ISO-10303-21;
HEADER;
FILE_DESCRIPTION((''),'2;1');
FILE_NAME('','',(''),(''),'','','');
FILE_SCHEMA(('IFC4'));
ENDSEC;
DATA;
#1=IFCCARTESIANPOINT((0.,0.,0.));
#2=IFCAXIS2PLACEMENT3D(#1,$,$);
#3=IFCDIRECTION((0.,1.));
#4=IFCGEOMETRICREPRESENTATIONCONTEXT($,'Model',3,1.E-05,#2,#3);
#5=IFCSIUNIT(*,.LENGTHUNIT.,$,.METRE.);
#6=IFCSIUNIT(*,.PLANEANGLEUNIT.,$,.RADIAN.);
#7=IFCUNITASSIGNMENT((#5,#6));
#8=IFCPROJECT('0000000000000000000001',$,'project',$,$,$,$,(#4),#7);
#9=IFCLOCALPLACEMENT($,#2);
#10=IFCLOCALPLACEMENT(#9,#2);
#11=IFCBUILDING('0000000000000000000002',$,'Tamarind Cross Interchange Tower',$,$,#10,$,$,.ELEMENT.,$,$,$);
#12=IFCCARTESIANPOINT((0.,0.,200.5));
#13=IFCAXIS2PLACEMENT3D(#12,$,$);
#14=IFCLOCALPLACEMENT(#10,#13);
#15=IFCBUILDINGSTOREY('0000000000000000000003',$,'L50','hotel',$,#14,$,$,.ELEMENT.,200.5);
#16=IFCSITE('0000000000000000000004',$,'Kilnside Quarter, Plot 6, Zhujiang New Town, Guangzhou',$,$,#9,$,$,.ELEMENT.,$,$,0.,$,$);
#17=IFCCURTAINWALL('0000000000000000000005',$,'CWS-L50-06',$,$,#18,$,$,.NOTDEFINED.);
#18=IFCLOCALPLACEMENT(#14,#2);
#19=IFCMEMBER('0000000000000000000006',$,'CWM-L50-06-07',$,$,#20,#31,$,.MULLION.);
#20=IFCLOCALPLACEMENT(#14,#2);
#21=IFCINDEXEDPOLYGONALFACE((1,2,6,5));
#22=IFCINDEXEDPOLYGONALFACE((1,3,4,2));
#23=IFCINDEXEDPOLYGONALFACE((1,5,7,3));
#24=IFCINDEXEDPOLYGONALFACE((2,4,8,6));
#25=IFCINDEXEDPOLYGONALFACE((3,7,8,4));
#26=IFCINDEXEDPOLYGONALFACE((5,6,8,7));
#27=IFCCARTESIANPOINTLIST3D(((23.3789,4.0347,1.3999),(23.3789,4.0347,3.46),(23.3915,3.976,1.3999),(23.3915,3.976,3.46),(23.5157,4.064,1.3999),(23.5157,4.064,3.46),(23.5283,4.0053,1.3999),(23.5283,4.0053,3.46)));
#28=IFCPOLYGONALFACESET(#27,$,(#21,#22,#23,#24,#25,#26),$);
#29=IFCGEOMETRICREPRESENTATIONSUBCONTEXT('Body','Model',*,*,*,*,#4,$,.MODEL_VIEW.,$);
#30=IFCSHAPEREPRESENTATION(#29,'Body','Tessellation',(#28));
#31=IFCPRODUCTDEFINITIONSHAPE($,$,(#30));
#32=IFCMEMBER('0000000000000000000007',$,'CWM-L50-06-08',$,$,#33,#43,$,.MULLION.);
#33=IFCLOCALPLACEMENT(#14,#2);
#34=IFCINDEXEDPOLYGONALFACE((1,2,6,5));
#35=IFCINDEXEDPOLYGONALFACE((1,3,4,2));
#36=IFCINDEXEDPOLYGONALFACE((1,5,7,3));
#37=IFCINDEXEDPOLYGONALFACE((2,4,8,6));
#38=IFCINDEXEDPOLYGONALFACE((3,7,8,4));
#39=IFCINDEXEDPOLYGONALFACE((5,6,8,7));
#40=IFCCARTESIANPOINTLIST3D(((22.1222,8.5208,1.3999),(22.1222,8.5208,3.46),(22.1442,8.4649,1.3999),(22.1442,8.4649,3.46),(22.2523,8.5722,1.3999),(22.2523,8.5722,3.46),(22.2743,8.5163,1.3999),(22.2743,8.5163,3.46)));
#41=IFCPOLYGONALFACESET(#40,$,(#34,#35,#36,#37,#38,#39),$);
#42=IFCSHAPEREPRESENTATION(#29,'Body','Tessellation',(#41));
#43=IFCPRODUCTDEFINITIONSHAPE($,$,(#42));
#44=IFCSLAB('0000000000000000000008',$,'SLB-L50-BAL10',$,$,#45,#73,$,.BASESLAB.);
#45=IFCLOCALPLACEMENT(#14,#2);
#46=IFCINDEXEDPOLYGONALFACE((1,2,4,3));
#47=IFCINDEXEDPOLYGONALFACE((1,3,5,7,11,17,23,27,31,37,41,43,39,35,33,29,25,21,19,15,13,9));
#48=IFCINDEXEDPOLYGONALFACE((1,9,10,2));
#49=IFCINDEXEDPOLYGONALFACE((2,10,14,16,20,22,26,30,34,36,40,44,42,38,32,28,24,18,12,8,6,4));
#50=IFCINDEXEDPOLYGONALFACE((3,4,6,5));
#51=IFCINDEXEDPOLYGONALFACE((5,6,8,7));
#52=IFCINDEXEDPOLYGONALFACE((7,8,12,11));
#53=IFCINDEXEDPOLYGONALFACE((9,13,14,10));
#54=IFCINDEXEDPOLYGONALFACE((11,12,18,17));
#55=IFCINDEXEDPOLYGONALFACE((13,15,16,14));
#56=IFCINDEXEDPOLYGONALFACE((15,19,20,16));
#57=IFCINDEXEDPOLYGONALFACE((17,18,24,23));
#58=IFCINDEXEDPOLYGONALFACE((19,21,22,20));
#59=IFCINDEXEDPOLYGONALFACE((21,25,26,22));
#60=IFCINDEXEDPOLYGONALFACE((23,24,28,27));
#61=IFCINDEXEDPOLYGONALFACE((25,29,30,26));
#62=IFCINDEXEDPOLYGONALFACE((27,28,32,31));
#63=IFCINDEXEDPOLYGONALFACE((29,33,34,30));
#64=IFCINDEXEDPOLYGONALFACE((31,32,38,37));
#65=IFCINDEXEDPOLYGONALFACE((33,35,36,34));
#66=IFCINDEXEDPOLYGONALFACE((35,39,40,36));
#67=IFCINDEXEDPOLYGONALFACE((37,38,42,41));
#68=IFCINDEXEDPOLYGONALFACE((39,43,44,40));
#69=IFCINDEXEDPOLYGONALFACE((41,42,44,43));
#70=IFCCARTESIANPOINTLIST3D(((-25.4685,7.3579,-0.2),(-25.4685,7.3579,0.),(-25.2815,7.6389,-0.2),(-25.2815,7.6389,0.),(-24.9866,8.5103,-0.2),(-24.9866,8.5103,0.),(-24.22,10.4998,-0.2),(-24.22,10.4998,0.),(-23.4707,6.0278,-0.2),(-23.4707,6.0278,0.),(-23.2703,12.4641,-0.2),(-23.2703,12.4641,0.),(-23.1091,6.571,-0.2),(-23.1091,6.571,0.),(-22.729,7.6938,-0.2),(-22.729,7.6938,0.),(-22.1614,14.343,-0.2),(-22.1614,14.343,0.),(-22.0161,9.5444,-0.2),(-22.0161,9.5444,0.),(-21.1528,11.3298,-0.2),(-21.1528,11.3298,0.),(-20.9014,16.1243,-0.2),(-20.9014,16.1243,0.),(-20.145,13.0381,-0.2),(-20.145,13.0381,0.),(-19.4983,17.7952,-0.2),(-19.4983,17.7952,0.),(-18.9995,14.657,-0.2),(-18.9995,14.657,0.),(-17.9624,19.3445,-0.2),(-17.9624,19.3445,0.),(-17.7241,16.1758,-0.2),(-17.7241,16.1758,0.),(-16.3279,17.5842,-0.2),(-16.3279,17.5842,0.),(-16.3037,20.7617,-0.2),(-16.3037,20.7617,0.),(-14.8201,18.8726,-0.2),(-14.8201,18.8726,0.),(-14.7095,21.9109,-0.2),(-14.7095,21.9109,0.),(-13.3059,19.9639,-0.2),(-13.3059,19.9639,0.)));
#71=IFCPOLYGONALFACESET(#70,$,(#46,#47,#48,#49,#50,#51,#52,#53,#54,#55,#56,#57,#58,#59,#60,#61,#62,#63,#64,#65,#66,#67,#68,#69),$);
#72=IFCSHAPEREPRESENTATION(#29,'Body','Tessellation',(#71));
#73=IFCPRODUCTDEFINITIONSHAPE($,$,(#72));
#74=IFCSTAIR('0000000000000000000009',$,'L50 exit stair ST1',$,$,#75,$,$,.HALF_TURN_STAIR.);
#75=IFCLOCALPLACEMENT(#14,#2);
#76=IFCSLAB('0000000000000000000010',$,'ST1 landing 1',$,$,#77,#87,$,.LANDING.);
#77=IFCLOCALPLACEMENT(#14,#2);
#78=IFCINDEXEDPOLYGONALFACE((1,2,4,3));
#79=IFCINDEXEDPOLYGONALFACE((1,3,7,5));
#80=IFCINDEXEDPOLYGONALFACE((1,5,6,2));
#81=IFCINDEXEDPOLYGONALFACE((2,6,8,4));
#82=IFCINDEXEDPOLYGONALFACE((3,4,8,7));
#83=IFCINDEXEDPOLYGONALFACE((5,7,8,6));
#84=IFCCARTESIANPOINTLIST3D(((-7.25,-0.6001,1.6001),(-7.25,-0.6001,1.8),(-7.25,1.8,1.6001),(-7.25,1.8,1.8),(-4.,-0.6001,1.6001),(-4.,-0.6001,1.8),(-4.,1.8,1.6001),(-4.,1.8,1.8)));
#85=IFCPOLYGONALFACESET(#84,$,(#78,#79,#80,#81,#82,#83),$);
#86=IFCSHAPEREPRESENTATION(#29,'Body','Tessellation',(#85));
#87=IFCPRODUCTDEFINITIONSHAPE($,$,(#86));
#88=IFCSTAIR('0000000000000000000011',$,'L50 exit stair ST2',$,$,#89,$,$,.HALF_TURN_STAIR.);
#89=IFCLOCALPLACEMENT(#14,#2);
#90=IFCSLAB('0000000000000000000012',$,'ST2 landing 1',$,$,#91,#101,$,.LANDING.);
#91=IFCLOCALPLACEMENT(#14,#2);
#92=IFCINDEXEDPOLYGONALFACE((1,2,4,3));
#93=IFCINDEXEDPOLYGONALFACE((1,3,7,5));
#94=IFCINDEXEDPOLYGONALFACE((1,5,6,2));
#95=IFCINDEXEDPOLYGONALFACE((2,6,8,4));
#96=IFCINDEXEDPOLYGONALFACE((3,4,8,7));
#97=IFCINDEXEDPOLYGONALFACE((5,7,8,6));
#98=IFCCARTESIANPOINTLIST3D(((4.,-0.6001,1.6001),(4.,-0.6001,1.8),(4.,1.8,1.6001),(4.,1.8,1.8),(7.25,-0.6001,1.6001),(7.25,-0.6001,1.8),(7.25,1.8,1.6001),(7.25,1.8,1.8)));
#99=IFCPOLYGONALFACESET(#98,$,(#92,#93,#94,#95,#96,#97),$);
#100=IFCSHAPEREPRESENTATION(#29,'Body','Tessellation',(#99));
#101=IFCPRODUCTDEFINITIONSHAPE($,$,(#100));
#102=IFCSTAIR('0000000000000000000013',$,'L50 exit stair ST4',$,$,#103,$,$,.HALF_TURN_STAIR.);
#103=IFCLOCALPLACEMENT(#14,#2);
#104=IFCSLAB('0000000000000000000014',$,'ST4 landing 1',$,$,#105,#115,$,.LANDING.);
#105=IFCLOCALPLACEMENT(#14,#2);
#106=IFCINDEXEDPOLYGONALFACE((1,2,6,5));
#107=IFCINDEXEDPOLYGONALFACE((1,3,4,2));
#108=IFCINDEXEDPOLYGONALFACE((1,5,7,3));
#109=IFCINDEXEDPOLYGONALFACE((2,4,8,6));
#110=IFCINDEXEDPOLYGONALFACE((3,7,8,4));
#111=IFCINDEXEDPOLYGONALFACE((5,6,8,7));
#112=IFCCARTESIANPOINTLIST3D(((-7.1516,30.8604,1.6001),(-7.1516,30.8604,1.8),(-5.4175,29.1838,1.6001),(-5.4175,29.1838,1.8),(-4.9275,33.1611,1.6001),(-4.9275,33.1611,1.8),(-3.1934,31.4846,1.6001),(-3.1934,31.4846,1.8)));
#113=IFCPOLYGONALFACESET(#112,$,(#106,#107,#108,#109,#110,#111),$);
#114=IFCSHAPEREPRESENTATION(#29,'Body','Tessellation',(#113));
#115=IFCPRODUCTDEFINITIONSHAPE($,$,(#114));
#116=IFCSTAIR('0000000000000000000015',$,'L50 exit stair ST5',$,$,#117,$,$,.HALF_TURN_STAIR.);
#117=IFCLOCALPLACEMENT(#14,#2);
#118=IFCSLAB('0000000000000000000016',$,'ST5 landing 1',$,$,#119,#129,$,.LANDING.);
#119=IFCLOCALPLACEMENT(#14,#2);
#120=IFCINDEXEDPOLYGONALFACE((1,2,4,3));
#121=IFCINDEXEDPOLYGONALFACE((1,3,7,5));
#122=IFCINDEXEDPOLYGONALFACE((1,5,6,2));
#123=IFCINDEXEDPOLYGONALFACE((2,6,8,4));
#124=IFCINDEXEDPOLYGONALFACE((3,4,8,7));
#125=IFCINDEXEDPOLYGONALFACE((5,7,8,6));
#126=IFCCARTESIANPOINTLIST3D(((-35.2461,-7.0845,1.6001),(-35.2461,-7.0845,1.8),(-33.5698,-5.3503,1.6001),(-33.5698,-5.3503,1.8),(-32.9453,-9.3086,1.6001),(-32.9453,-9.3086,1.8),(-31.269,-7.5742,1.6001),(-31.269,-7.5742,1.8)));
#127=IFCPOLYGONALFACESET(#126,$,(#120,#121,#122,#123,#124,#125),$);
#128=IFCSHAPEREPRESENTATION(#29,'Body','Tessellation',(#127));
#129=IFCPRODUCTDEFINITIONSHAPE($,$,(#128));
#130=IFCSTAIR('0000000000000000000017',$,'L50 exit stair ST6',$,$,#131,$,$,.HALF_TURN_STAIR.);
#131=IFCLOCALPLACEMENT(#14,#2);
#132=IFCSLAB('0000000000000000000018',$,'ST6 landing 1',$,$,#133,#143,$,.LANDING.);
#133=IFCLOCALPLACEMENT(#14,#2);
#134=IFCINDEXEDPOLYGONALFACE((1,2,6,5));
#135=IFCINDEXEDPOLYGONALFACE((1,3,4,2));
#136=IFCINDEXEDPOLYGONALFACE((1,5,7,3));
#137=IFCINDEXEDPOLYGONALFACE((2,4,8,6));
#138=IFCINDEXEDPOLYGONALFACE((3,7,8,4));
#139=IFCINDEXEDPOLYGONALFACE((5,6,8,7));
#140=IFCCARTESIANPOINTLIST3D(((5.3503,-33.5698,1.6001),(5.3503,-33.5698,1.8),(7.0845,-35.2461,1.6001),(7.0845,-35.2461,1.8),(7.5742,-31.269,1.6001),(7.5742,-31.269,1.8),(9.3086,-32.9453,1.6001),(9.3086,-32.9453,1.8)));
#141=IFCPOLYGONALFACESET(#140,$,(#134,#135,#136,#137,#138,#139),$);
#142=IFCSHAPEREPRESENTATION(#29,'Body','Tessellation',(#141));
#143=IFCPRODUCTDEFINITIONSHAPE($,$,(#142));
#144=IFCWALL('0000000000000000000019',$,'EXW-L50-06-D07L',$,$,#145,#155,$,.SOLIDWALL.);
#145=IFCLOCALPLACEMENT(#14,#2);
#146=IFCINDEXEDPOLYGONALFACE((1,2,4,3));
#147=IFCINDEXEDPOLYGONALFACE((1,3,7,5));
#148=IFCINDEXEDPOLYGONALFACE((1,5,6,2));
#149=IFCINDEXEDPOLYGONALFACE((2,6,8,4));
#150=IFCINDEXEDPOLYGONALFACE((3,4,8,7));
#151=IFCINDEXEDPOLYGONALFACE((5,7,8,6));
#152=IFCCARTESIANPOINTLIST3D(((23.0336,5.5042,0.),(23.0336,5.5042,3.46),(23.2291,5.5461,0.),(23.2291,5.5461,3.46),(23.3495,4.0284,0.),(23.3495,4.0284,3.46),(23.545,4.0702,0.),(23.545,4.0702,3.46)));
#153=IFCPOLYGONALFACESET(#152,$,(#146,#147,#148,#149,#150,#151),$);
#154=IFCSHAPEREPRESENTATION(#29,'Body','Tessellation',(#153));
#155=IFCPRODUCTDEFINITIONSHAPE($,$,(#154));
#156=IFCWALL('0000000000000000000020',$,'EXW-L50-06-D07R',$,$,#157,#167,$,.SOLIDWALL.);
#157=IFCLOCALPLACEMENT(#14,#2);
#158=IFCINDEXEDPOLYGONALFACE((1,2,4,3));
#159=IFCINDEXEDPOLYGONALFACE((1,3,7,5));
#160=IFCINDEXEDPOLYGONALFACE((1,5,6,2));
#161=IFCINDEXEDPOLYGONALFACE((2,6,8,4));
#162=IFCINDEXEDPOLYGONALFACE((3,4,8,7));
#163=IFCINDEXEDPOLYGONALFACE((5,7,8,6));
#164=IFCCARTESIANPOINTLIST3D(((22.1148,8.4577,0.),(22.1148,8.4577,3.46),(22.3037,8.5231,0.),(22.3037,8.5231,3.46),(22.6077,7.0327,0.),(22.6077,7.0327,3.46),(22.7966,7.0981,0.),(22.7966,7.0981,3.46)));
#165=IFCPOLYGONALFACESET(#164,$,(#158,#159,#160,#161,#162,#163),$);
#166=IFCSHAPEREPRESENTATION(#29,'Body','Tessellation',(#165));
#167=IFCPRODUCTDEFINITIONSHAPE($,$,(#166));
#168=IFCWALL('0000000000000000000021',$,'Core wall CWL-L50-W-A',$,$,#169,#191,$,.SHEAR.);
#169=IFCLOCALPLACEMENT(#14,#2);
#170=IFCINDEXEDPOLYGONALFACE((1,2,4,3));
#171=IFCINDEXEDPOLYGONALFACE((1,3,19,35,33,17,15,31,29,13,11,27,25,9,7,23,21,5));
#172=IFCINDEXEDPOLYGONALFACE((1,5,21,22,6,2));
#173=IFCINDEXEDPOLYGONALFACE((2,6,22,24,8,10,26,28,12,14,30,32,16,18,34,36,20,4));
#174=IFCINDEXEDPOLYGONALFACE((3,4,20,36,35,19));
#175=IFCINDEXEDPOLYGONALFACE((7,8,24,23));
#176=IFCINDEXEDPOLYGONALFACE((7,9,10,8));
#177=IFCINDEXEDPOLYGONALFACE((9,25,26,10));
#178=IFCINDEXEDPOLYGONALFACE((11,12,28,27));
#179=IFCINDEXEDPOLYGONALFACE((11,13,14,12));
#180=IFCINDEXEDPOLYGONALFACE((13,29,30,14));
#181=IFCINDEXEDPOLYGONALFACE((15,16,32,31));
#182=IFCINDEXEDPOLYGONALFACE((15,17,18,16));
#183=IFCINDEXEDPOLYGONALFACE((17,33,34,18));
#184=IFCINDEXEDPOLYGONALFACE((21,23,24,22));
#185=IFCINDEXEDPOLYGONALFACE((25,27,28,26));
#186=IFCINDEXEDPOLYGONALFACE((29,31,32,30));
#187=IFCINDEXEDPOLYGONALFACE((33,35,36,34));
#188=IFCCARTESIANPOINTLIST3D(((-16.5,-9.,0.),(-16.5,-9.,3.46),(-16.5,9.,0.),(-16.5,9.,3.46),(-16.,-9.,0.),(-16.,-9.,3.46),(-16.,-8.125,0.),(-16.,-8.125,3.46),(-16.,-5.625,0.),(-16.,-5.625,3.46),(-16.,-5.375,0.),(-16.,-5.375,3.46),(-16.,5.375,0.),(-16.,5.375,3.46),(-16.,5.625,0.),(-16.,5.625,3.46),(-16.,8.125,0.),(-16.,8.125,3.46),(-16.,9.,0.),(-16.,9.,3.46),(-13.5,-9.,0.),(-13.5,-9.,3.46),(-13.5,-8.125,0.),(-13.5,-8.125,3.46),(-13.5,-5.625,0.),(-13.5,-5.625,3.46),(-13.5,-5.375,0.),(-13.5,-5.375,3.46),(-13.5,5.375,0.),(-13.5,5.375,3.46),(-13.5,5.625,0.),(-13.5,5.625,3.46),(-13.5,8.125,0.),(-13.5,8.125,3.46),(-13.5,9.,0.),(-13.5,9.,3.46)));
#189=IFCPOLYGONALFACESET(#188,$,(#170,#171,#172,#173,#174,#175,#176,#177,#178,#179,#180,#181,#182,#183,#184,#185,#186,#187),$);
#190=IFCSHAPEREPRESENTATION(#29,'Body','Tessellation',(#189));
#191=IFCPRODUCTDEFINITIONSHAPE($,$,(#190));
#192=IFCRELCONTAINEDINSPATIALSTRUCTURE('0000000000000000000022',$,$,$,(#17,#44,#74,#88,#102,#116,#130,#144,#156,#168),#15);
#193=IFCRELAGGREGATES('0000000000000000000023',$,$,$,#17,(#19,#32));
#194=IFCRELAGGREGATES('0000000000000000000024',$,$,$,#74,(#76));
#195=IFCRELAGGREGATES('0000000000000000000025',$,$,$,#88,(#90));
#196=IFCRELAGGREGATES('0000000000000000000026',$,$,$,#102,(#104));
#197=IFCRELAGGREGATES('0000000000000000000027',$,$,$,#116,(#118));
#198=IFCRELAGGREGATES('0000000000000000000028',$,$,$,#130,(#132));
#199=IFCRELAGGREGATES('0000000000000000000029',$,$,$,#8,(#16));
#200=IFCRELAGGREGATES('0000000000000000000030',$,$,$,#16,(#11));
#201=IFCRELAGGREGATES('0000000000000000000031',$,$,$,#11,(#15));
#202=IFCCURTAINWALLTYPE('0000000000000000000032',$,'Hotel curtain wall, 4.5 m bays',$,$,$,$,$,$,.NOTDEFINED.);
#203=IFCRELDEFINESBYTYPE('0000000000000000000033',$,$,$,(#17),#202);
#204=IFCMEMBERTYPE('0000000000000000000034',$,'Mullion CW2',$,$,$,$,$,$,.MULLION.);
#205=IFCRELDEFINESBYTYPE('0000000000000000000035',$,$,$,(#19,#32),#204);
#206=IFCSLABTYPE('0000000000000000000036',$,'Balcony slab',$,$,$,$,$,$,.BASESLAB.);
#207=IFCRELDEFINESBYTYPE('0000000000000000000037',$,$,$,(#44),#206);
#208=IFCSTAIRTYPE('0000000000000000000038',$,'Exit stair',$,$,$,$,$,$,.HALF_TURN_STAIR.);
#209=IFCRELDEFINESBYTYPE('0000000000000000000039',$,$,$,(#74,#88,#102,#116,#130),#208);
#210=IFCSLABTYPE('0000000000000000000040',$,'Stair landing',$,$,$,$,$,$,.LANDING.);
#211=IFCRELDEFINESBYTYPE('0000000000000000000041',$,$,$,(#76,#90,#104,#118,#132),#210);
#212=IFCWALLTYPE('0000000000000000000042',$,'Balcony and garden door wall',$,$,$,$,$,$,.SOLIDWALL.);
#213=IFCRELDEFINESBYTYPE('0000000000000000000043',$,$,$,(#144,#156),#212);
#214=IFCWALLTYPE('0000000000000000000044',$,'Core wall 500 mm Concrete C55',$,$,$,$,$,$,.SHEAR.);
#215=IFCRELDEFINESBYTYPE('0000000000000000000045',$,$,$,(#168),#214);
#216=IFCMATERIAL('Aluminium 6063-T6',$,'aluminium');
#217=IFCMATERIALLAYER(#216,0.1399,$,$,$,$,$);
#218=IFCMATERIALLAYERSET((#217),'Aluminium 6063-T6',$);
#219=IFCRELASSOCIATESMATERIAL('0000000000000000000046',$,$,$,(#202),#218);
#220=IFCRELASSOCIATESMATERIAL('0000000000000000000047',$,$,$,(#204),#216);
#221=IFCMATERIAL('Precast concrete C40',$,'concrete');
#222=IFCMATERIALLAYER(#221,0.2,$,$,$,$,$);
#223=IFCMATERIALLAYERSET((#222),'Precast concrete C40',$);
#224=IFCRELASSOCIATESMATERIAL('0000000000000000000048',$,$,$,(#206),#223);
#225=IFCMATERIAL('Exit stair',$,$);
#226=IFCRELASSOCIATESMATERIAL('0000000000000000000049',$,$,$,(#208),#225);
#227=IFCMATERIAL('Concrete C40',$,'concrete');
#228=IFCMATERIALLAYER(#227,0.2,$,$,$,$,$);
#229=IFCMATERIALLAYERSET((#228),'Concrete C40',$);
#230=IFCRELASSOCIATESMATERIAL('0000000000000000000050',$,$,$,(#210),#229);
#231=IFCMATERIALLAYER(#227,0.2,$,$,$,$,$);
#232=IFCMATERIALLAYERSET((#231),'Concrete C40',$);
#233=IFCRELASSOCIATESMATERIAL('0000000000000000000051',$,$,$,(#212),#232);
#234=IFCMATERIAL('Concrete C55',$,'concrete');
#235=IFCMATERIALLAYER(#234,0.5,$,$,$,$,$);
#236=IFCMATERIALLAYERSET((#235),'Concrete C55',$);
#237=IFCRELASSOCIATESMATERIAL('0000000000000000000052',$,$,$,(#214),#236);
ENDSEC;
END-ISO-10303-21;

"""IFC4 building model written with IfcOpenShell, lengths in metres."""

from ifc_helpers import new_model, si_unit, direction, frame, frame_2d, origin, origin_2d, place, context, subcontext, project, spatial, polyline, rectangle, outline, extrude, material, layer, layer_set, material_profile, profile_set, type_object, element, aggregate, save


model = new_model("IFC4")

# Units and contexts
model_context = context("Model", 3, precision=1e-05, world=origin(), true_north=direction((0.0, 1.0)))
body_context = subcontext(model_context, "Body", "Model", "MODEL_VIEW")
ifc_project = project(units=[si_unit("LENGTHUNIT", "METRE"), si_unit("PLANEANGLEUNIT", "RADIAN")], contexts=[model_context])

# Site, building, storey
site_placement = place(None, origin())
site = spatial("IfcSite", under=ifc_project, at=site_placement, Name="Kilnside Quarter, Plot 6, Zhujiang New Town, Guangzhou", CompositionType="ELEMENT", RefElevation=0.0)
building_placement = place(site_placement, origin())
building = spatial("IfcBuilding", under=site, at=building_placement, Name="Tamarind Cross Interchange Tower", CompositionType="ELEMENT")
storey_placement = place(building_placement, frame((0.0, 0.0, 200.5)))
storey = spatial("IfcBuildingStorey", under=building, at=storey_placement, Name="L50", Description="hotel", CompositionType="ELEMENT", Elevation=200.5)

# Shared definitions
ifc_material_1 = material(Name="Concrete C55", Category="concrete")

# Curtain wall, members
ifc_material_2 = material(Name="Aluminium 6063-T6", Category="aluminium")
ifc_layer_1 = layer(ifc_material_2, 0.1399)
ifc_layer_set_1 = layer_set([ifc_layer_1], Name="Aluminium 6063-T6")
curtain_wall_type = type_object("IfcCurtainWallType", Name="Hotel curtain wall, 4.5 m bays", PredefinedType="NOTDEFINED", material=ifc_layer_set_1)
curtain_wall_placement = place(storey_placement, origin())
curtain_wall = element("IfcCurtainWall", 1, at=curtain_wall_placement, inside=storey, type_object=curtain_wall_type, Name="CWS-L50-06", PredefinedType="NOTDEFINED")
ifc_material_profile_1 = material_profile(ifc_material_2, rectangle(XDim=0.0601, YDim=0.1399, at=origin_2d()), Name="Mullion CW2")
ifc_profile_set_1 = profile_set([ifc_material_profile_1], Name="Aluminium 6063-T6")
member_type = type_object("IfcMemberType", Name="Mullion CW2", PredefinedType="MULLION", material=ifc_profile_set_1)
member_1_placement = place(storey_placement, frame((23.4536, 4.02, 1.3999), z_axis=(0.0, 0.0, 1.0), x_axis=(-0.209425, 0.977825, 0.0)))
member_1 = element("IfcMember", 2, at=member_1_placement, type_object=member_type, Name="CWM-L50-06-07", PredefinedType="MULLION", context=body_context, shape_type="SweptSolid", body=[
    extrude(rectangle(XDim=0.0601, YDim=0.1399, at=origin_2d()), origin(), (0.0, 0.0, 1.0), 2.0601),
])
member_2_placement = place(storey_placement, frame((22.1982, 8.5186, 1.3999), z_axis=(0.0, 0.0, 1.0), x_axis=(-0.367514, 0.930018, 0.0)))
member_2 = element("IfcMember", 3, at=member_2_placement, type_object=member_type, Name="CWM-L50-06-08", PredefinedType="MULLION", context=body_context, shape_type="SweptSolid", body=[
    extrude(rectangle(XDim=0.0601, YDim=0.1399, at=origin_2d()), origin(), (0.0, 0.0, 1.0), 2.0601),
])
aggregate(curtain_wall, [member_1, member_2])

# Slab
ifc_material_3 = material(Name="Precast concrete C40", Category="concrete")
ifc_layer_2 = layer(ifc_material_3, 0.2)
ifc_layer_set_2 = layer_set([ifc_layer_2], Name="Precast concrete C40")
slab_type_1 = type_object("IfcSlabType", Name="Balcony slab", PredefinedType="BASESLAB", material=ifc_layer_set_2)
slab_1_placement = place(storey_placement, frame((0.0, 0.0, -0.2)))
element("IfcSlab", 4, at=slab_1_placement, inside=storey, type_object=slab_type_1, Name="SLB-L50-BAL10", PredefinedType="BASESLAB", context=body_context, shape_type="SweptSolid", body=[
    extrude(outline(polyline([(-13.3059, 19.9639), (-14.8201, 18.8726), (-16.3279, 17.5842), (-17.7241, 16.1758), (-18.9995, 14.657), (-20.145, 13.0381), (-21.1528, 11.3298), (-22.0161, 9.5444), (-22.729, 7.6938), (-23.1091, 6.571), (-23.4707, 6.0278), (-25.4685, 7.3579), (-25.2815, 7.6389), (-24.9866, 8.5103), (-24.22, 10.4998), (-23.2703, 12.4641), (-22.1614, 14.343), (-20.9014, 16.1243), (-19.4983, 17.7952), (-17.9624, 19.3445), (-16.3037, 20.7617), (-14.7095, 21.9109), (-13.3059, 19.9639)])), origin(), (0.0, 0.0, 1.0), 0.2),
])

# Stairs, slabs
ifc_material_4 = material(Name="Exit stair")
stair_type = type_object("IfcStairType", Name="Exit stair", PredefinedType="HALF_TURN_STAIR", material=ifc_material_4)
stair_1_placement = place(storey_placement, origin())
stair_1 = element("IfcStair", 5, at=stair_1_placement, inside=storey, type_object=stair_type, Name="L50 exit stair ST1", PredefinedType="HALF_TURN_STAIR")
ifc_material_5 = material(Name="Concrete C40", Category="concrete")
ifc_layer_3 = layer(ifc_material_5, 0.2)
ifc_layer_set_3 = layer_set([ifc_layer_3], Name="Concrete C40")
slab_type_2 = type_object("IfcSlabType", Name="Stair landing", PredefinedType="LANDING", material=ifc_layer_set_3)
slab_2_placement = place(storey_placement, frame((0.0, 0.0, 1.6001)))
slab_2 = element("IfcSlab", 6, at=slab_2_placement, type_object=slab_type_2, Name="ST1 landing 1", PredefinedType="LANDING", context=body_context, shape_type="SweptSolid", body=[
    extrude(outline(polyline([(-4.0, -0.6001), (-4.0, 1.8), (-7.25, 1.8), (-7.25, -0.6001), (-4.0, -0.6001)])), origin(), (0.0, 0.0, 1.0), 0.2),
])
aggregate(stair_1, [slab_2])
stair_2_placement = place(storey_placement, origin())
stair_2 = element("IfcStair", 7, at=stair_2_placement, inside=storey, type_object=stair_type, Name="L50 exit stair ST2", PredefinedType="HALF_TURN_STAIR")
slab_3_placement = place(storey_placement, frame((0.0, 0.0, 1.6001)))
slab_3 = element("IfcSlab", 8, at=slab_3_placement, type_object=slab_type_2, Name="ST2 landing 1", PredefinedType="LANDING", context=body_context, shape_type="SweptSolid", body=[
    extrude(outline(polyline([(7.25, -0.6001), (7.25, 1.8), (4.0, 1.8), (4.0, -0.6001), (7.25, -0.6001)])), origin(), (0.0, 0.0, 1.0), 0.2),
])
aggregate(stair_2, [slab_3])
stair_3_placement = place(storey_placement, origin())
stair_3 = element("IfcStair", 9, at=stair_3_placement, inside=storey, type_object=stair_type, Name="L50 exit stair ST4", PredefinedType="HALF_TURN_STAIR")
slab_4_placement = place(storey_placement, frame((0.0, 0.0, 1.6001)))
slab_4 = element("IfcSlab", 10, at=slab_4_placement, type_object=slab_type_2, Name="ST4 landing 1", PredefinedType="LANDING", context=body_context, shape_type="SweptSolid", body=[
    extrude(outline(polyline([(-3.1934, 31.4846), (-4.9275, 33.1611), (-7.1516, 30.8604), (-5.4175, 29.1838), (-3.1934, 31.4846)])), origin(), (0.0, 0.0, 1.0), 0.2),
])
aggregate(stair_3, [slab_4])
stair_4_placement = place(storey_placement, origin())
stair_4 = element("IfcStair", 11, at=stair_4_placement, inside=storey, type_object=stair_type, Name="L50 exit stair ST5", PredefinedType="HALF_TURN_STAIR")
slab_5_placement = place(storey_placement, frame((0.0, 0.0, 1.6001)))
slab_5 = element("IfcSlab", 12, at=slab_5_placement, type_object=slab_type_2, Name="ST5 landing 1", PredefinedType="LANDING", context=body_context, shape_type="SweptSolid", body=[
    extrude(outline(polyline([(-33.5698, -5.3503), (-35.2461, -7.0845), (-32.9453, -9.3086), (-31.269, -7.5742), (-33.5698, -5.3503)])), origin(), (0.0, 0.0, 1.0), 0.2),
])
aggregate(stair_4, [slab_5])
stair_5_placement = place(storey_placement, origin())
stair_5 = element("IfcStair", 13, at=stair_5_placement, inside=storey, type_object=stair_type, Name="L50 exit stair ST6", PredefinedType="HALF_TURN_STAIR")
slab_6_placement = place(storey_placement, frame((0.0, 0.0, 1.6001)))
slab_6 = element("IfcSlab", 14, at=slab_6_placement, type_object=slab_type_2, Name="ST6 landing 1", PredefinedType="LANDING", context=body_context, shape_type="SweptSolid", body=[
    extrude(outline(polyline([(5.3503, -33.5698), (7.0845, -35.2461), (9.3086, -32.9453), (7.5742, -31.269), (5.3503, -33.5698)])), origin(), (0.0, 0.0, 1.0), 0.2),
])
aggregate(stair_5, [slab_6])

# Walls
ifc_layer_4 = layer(ifc_material_5, 0.2)
ifc_layer_set_4 = layer_set([ifc_layer_4], Name="Concrete C40")
wall_type_1 = type_object("IfcWallType", Name="Balcony and garden door wall", PredefinedType="SOLIDWALL", material=ifc_layer_set_4)
wall_1_placement = place(storey_placement, frame((23.4473, 4.0493, 0.0), z_axis=(0.0, 0.0, 1.0), x_axis=(-0.209319, 0.977847, 0.0)))
element("IfcWall", 15, at=wall_1_placement, inside=storey, type_object=wall_type_1, Name="EXW-L50-06-D07L", PredefinedType="SOLIDWALL", context=body_context, shape_type="SweptSolid", body=[
    extrude(rectangle(XDim=1.5093, YDim=0.2, at=frame_2d((0.7546, 0.0))), origin(), (0.0, 0.0, 1.0), 3.46),
])
wall_2_placement = place(storey_placement, frame((22.7021, 7.0654, 0.0), z_axis=(0.0, 0.0, 1.0), x_axis=(-0.326894, 0.945061, 0.0)))
element("IfcWall", 16, at=wall_2_placement, inside=storey, type_object=wall_type_1, Name="EXW-L50-06-D07R", PredefinedType="SOLIDWALL", context=body_context, shape_type="SweptSolid", body=[
    extrude(rectangle(XDim=1.5078, YDim=0.2, at=frame_2d((0.7539, 0.0))), origin(), (0.0, 0.0, 1.0), 3.46),
])

# Wall
ifc_layer_5 = layer(ifc_material_1, 0.5)
ifc_layer_set_5 = layer_set([ifc_layer_5], Name="Concrete C55")
wall_type_2 = type_object("IfcWallType", Name="Core wall 500 mm Concrete C55", PredefinedType="SHEAR", material=ifc_layer_set_5)
wall_3_placement = place(storey_placement, origin())
element("IfcWall", 17, at=wall_3_placement, inside=storey, type_object=wall_type_2, Name="Core wall CWL-L50-W-A", PredefinedType="SHEAR", context=body_context, shape_type="SweptSolid", body=[
    extrude(outline(polyline([(-13.5, -8.125), (-16.0, -8.125), (-16.0, -5.625), (-13.5, -5.625), (-13.5, -5.375), (-16.0, -5.375), (-16.0, 5.375), (-13.5, 5.375), (-13.5, 5.625), (-16.0, 5.625), (-16.0, 8.125), (-13.5, 8.125), (-13.5, 9.0), (-16.0, 9.0), (-16.5, 9.0), (-16.5, -9.0), (-16.0, -9.0), (-13.5, -9.0), (-13.5, -8.125)])), origin(), (0.0, 0.0, 1.0), 3.46),
])

save(model, "model.ifc")
